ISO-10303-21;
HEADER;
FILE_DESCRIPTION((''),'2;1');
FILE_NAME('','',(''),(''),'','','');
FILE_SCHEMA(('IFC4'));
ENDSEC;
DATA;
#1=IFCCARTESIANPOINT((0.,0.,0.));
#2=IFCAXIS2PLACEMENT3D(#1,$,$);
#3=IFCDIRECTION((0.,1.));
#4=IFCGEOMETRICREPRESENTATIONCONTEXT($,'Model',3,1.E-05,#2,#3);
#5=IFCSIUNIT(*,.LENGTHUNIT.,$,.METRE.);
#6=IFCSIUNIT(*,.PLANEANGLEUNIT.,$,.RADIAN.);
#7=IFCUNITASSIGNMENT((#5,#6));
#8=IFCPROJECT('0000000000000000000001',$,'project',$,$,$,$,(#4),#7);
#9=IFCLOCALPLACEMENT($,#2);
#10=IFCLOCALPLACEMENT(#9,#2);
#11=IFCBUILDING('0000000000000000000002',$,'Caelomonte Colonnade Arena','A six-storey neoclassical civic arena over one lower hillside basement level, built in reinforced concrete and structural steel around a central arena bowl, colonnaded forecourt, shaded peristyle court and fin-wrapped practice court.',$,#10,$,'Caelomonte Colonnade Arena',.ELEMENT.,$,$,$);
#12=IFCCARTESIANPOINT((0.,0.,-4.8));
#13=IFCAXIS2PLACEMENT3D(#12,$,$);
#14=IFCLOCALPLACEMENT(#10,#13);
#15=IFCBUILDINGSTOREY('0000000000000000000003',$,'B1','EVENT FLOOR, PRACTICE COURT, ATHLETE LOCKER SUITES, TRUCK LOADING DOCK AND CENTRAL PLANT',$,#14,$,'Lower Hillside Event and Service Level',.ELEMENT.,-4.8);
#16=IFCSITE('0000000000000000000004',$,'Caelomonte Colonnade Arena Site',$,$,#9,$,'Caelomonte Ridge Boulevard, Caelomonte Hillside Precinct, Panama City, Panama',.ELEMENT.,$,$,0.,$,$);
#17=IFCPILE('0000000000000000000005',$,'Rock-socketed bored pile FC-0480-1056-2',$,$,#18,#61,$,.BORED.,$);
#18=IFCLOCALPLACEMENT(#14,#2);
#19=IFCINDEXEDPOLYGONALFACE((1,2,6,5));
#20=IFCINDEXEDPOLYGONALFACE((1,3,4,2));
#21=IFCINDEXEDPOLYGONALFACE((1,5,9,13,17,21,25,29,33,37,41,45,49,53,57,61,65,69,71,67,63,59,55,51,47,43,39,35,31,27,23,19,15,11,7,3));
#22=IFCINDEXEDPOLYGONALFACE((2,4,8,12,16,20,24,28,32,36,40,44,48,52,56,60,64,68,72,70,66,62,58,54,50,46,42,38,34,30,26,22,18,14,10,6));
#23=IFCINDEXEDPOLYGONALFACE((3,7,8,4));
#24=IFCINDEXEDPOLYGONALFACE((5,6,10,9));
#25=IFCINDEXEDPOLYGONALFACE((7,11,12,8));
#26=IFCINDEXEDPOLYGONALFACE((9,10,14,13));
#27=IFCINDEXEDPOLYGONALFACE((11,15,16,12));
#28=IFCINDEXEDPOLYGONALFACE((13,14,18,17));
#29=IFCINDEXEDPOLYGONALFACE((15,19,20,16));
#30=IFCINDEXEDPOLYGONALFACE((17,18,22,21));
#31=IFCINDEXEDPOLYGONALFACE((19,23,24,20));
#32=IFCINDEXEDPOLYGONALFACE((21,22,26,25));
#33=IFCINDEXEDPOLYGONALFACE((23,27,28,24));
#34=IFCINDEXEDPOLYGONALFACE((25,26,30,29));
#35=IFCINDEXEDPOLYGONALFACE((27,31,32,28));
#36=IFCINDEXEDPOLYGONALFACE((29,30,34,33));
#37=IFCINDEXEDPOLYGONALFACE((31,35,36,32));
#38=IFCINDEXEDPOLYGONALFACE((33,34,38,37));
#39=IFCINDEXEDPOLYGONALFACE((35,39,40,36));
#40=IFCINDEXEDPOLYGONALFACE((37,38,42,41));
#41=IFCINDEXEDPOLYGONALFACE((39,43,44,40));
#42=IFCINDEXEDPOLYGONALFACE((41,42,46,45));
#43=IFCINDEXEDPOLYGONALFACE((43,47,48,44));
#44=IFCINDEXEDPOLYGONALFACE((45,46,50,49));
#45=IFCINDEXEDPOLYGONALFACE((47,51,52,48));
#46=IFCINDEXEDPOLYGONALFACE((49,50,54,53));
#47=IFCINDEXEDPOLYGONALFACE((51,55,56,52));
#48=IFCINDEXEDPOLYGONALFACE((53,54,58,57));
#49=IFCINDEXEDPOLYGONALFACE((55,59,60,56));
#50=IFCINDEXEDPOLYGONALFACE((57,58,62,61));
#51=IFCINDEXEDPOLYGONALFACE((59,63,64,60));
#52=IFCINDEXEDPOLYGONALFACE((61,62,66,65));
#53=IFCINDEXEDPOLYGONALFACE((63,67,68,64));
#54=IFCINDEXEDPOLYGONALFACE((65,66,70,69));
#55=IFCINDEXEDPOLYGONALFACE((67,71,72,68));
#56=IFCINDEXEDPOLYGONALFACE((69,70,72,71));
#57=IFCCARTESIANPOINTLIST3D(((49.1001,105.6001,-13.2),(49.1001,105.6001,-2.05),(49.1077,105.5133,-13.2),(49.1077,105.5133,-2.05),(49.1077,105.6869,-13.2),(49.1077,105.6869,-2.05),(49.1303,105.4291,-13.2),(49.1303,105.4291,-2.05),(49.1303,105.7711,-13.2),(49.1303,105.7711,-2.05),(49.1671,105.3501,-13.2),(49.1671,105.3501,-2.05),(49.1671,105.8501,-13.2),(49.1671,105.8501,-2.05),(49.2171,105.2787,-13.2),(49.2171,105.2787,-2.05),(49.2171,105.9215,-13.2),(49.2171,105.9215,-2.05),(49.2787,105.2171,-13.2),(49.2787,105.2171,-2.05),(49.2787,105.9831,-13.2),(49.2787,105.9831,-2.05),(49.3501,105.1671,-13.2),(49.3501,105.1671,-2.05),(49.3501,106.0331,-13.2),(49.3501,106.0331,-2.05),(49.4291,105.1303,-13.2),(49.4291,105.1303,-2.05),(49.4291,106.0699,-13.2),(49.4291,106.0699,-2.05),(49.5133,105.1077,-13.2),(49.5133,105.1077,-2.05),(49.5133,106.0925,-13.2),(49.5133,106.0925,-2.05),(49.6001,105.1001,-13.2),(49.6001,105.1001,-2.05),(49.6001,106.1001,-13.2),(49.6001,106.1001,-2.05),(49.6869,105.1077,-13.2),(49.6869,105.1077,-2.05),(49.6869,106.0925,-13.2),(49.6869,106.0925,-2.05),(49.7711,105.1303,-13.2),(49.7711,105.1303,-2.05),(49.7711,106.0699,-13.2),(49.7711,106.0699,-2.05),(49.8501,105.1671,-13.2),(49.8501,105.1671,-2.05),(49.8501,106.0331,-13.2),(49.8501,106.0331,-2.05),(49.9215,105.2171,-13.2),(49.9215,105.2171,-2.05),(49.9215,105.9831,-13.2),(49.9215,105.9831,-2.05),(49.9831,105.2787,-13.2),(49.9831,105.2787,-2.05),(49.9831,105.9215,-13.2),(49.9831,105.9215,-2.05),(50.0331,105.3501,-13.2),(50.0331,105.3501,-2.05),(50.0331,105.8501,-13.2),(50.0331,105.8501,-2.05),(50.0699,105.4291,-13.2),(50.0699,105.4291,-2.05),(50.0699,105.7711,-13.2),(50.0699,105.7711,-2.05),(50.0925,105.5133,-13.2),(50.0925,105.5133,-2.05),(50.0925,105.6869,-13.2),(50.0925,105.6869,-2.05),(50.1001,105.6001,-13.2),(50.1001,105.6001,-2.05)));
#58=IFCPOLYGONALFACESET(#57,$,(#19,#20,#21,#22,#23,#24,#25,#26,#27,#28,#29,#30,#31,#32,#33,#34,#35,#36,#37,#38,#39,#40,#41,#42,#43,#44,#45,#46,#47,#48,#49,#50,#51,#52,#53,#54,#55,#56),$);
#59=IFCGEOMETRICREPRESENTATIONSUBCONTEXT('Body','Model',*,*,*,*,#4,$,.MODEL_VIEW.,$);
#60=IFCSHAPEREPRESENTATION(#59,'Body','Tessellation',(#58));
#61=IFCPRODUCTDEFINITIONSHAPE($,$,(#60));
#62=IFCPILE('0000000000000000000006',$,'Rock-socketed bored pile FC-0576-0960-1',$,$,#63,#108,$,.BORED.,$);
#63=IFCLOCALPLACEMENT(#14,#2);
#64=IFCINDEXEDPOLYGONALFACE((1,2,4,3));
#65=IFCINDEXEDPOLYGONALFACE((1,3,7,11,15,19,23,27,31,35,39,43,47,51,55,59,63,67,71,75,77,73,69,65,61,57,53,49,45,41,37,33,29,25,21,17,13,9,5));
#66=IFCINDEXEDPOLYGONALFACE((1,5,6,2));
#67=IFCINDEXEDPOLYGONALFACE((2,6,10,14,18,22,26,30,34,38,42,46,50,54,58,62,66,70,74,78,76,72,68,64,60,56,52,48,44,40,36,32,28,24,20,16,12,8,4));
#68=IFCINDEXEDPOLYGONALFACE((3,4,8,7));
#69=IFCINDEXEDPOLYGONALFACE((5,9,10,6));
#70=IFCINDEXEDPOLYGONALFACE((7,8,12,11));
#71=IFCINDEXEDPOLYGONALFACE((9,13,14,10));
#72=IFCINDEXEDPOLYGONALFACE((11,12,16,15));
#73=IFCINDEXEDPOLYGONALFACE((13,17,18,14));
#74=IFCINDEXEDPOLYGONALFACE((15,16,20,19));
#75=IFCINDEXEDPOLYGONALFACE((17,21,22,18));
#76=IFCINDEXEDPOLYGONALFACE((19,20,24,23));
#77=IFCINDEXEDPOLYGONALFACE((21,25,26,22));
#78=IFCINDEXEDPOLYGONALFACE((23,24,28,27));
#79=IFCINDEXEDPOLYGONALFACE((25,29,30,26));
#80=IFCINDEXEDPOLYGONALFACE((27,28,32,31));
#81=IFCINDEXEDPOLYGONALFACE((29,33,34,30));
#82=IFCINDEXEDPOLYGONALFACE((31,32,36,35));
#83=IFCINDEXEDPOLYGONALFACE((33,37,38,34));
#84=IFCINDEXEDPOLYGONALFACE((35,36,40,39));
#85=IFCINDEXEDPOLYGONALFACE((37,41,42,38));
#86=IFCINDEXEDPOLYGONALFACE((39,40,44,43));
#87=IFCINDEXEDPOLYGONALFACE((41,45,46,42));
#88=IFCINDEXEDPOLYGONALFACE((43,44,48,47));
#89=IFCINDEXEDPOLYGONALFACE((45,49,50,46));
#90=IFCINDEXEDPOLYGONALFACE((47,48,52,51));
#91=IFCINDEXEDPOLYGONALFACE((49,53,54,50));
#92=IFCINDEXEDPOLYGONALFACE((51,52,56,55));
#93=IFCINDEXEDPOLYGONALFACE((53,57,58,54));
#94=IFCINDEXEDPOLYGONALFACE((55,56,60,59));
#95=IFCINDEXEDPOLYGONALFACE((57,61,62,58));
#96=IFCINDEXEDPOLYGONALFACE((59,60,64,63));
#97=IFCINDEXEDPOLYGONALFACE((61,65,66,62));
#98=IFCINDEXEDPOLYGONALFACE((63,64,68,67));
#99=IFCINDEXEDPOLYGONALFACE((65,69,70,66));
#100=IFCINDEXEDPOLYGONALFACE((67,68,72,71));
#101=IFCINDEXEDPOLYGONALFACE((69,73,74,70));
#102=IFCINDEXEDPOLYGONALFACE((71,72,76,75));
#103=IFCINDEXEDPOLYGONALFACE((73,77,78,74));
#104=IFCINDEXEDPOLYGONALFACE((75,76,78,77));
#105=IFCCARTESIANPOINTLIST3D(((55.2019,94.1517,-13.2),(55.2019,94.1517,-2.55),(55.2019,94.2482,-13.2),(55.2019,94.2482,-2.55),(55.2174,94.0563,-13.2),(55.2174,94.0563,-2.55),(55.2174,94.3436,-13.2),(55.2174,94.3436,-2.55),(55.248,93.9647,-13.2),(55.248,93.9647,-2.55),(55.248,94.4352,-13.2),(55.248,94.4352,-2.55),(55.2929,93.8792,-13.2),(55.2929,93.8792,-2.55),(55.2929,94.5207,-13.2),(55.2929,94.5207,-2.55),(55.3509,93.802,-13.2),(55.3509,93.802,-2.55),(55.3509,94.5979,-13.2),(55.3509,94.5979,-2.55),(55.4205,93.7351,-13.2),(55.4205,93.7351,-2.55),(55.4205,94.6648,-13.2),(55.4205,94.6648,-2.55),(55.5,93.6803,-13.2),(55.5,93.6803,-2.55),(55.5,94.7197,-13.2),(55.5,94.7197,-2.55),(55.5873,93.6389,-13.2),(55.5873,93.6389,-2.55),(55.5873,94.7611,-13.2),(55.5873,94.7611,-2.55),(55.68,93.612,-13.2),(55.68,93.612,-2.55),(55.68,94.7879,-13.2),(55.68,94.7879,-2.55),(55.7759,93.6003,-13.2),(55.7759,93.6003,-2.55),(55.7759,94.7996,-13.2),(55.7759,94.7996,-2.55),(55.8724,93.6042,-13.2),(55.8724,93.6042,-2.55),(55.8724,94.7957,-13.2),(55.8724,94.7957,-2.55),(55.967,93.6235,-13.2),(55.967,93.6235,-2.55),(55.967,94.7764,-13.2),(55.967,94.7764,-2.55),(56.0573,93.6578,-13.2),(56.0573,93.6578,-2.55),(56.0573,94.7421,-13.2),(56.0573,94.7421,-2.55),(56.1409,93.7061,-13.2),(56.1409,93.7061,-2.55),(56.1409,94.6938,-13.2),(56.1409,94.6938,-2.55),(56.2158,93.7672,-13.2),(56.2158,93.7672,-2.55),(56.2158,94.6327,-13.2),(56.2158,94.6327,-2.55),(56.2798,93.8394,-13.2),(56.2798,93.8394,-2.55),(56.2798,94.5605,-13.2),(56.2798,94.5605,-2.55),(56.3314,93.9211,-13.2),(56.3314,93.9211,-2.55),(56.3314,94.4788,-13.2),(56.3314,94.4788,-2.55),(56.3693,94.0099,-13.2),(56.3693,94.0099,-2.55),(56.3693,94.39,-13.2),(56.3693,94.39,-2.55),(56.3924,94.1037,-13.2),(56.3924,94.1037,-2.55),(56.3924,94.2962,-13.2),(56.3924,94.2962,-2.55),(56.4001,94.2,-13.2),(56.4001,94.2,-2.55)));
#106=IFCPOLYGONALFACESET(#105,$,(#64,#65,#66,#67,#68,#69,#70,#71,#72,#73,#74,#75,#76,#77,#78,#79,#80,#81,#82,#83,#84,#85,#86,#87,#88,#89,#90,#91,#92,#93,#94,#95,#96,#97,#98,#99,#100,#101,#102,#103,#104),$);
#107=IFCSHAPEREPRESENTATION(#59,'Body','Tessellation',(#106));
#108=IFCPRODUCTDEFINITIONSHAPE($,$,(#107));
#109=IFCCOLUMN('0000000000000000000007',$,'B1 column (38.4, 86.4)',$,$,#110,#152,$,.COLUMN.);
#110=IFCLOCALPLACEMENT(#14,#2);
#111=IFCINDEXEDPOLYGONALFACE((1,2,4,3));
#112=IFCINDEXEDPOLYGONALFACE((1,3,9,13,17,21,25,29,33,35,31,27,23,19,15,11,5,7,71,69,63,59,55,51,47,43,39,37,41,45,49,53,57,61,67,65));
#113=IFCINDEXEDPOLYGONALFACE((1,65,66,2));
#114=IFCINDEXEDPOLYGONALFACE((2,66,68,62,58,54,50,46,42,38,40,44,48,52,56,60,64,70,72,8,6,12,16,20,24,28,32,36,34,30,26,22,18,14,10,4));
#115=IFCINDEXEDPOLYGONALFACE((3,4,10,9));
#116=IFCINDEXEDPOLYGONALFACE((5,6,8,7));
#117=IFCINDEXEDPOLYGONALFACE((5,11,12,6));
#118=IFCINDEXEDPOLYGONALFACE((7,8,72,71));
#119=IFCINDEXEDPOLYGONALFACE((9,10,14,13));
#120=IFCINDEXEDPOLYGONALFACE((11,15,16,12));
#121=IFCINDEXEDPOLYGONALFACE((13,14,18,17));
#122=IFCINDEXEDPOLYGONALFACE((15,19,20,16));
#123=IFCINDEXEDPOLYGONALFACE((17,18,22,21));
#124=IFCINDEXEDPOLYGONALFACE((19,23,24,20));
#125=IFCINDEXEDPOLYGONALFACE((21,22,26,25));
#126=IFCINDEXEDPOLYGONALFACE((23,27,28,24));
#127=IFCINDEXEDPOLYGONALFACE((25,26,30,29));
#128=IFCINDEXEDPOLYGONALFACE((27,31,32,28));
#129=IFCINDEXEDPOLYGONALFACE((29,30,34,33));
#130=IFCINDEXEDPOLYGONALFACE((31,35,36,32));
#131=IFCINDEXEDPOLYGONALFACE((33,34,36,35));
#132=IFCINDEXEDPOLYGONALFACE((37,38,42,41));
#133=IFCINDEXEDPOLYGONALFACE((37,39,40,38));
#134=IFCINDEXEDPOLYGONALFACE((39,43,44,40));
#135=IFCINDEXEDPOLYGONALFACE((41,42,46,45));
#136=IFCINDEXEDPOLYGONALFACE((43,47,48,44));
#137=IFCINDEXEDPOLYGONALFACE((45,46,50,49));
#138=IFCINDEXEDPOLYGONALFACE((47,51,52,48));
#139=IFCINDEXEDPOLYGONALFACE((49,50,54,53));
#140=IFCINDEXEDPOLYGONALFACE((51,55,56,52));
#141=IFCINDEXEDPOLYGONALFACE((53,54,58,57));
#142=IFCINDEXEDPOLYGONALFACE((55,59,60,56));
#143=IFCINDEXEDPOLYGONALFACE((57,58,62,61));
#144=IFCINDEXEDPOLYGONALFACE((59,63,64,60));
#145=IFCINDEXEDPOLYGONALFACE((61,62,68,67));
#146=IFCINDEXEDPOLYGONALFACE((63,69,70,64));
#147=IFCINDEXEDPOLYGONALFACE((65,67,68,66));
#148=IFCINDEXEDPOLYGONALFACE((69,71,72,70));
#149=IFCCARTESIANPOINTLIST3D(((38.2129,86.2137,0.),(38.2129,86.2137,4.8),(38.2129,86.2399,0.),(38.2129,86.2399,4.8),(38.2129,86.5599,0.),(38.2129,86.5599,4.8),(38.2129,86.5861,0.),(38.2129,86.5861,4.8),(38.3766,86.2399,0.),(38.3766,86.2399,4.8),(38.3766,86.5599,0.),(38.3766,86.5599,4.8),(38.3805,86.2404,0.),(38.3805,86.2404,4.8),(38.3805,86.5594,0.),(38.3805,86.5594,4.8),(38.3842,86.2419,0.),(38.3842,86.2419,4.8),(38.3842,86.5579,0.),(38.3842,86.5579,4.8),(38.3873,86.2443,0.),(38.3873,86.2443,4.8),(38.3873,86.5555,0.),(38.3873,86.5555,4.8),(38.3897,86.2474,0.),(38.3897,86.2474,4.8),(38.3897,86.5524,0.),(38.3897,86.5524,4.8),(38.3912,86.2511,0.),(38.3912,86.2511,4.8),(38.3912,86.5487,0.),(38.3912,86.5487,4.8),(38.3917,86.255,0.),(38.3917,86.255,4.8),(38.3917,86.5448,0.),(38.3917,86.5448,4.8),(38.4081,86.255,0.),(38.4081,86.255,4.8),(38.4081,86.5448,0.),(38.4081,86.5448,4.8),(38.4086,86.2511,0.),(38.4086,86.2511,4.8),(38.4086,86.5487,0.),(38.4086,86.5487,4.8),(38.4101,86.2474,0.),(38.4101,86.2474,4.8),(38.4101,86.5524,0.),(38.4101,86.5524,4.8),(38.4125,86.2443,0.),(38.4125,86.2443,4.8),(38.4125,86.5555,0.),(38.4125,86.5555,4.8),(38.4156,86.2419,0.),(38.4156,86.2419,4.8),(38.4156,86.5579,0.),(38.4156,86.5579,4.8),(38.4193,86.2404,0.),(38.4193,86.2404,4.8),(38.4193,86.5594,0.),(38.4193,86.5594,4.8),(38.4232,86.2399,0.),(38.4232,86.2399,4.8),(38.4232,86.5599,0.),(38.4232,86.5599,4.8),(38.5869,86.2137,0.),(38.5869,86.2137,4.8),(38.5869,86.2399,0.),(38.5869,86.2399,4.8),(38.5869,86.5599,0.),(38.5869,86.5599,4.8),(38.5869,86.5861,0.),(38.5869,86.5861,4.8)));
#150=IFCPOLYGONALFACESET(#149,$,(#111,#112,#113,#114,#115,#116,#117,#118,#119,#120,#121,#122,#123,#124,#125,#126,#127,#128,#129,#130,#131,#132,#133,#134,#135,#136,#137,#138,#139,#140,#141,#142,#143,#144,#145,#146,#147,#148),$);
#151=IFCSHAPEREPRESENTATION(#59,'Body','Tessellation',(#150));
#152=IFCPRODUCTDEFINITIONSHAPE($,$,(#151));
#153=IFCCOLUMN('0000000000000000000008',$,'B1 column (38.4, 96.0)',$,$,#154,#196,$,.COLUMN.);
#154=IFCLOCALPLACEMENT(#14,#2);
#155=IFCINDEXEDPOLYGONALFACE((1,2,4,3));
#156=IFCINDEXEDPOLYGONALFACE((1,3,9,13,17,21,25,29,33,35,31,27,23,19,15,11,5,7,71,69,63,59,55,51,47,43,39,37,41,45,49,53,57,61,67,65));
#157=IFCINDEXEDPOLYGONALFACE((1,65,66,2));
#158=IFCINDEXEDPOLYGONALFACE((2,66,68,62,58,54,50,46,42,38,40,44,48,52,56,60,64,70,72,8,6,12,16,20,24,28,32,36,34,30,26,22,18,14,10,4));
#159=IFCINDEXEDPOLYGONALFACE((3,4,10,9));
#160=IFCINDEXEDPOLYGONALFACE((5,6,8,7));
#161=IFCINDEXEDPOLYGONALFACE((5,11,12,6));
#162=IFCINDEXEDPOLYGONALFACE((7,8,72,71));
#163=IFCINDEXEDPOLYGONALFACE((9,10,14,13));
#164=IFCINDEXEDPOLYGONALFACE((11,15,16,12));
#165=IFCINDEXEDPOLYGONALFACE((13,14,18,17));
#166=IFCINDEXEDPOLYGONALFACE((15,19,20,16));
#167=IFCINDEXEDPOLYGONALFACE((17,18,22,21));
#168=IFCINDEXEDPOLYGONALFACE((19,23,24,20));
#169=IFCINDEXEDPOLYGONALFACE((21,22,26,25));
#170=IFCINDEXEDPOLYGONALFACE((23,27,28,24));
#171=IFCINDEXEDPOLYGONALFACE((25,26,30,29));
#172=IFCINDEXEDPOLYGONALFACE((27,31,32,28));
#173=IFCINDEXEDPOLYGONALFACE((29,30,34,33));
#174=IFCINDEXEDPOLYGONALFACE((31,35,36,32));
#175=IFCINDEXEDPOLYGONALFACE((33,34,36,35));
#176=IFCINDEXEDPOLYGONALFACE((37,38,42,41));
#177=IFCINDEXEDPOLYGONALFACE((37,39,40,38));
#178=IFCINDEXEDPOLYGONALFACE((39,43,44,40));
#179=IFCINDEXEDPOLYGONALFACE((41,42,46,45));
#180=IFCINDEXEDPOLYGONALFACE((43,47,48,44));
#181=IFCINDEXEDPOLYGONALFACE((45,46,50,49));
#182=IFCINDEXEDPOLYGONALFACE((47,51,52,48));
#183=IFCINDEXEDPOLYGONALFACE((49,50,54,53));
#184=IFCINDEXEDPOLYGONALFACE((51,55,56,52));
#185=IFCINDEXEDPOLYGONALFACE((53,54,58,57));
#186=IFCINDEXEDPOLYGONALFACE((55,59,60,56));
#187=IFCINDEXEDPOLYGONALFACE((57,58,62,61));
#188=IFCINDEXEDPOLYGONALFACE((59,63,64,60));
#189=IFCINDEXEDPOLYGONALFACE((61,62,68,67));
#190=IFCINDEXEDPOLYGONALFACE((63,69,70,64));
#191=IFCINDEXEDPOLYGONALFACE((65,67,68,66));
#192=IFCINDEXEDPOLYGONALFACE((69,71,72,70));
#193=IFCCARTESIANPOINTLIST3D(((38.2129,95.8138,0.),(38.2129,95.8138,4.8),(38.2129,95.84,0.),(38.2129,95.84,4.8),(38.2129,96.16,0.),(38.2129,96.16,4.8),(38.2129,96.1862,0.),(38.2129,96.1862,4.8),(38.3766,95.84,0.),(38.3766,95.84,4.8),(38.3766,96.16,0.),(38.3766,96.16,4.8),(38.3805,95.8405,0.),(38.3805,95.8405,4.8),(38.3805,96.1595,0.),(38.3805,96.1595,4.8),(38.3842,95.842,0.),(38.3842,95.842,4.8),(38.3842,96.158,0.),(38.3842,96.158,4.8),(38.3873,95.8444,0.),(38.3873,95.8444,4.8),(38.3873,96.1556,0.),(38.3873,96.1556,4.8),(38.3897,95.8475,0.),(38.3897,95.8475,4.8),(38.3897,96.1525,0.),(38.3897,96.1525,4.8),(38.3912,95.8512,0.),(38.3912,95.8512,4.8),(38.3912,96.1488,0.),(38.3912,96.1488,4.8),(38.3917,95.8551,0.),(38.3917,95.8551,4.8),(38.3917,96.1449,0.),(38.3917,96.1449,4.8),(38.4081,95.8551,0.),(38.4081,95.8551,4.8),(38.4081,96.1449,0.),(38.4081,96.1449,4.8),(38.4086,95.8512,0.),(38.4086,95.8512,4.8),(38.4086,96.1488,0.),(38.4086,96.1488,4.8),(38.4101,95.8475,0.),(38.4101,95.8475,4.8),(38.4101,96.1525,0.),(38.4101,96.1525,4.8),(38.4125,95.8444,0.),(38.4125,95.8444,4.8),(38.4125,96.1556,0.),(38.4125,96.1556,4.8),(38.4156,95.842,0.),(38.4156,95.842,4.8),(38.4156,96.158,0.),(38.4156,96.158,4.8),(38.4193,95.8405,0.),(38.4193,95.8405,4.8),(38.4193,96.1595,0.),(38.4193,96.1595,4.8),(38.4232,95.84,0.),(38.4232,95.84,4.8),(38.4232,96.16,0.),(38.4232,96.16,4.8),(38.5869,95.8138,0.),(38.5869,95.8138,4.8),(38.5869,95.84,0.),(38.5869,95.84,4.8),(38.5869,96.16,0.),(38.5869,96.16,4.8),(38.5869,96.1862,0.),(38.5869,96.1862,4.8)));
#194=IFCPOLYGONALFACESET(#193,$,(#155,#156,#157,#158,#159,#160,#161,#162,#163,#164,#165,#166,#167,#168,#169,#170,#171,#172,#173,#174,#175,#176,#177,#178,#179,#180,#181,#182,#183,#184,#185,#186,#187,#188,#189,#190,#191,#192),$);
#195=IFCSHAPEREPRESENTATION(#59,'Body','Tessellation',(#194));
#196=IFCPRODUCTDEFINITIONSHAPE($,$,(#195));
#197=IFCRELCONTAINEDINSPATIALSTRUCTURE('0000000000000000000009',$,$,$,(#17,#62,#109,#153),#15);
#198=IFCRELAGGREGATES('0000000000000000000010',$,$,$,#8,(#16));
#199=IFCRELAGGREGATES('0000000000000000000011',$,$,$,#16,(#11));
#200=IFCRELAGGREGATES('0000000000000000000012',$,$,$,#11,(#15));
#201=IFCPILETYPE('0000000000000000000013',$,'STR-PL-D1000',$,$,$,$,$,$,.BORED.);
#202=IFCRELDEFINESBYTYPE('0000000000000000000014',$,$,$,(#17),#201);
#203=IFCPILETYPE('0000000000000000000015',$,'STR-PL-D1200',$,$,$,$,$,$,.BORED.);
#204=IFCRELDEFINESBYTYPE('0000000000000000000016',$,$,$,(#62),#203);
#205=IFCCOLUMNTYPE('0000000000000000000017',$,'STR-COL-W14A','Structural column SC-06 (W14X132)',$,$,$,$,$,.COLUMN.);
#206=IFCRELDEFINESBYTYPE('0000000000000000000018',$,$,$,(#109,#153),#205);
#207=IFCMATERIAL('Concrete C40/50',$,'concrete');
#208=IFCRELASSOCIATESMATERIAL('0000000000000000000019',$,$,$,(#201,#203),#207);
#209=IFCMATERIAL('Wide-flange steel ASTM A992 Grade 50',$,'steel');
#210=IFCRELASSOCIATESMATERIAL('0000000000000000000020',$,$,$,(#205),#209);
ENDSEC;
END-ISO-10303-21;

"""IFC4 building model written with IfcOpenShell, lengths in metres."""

from ifc_helpers import new_model, si_unit, direction, frame, origin, origin_2d, place, context, subcontext, project, spatial, circle, i_section, extrude, material, material_profile, profile_set, type_object, element, save


model = new_model("IFC4")

# Units and contexts
model_context = context("Model", 3, precision=1e-05, world=origin(), true_north=direction((0.0, 1.0)))
body_context = subcontext(model_context, "Body", "Model", "MODEL_VIEW")
ifc_project = project(units=[si_unit("LENGTHUNIT", "METRE"), si_unit("PLANEANGLEUNIT", "RADIAN")], contexts=[model_context])

# Site, building, storey
site_placement = place(None, origin())
site = spatial("IfcSite", under=ifc_project, at=site_placement, Name="Caelomonte Colonnade Arena Site", LongName="Caelomonte Ridge Boulevard, Caelomonte Hillside Precinct, Panama City, Panama", CompositionType="ELEMENT", RefElevation=0.0)
building_placement = place(site_placement, origin())
building = spatial("IfcBuilding", under=site, at=building_placement, Name="Caelomonte Colonnade Arena", Description="A six-storey neoclassical civic arena over one lower hillside basement level, built in reinforced concrete and structural steel around a central arena bowl, colonnaded forecourt, shaded peristyle court and fin-wrapped practice court.", LongName="Caelomonte Colonnade Arena", CompositionType="ELEMENT")
storey_placement = place(building_placement, frame((0.0, 0.0, -4.8)))
storey = spatial("IfcBuildingStorey", under=building, at=storey_placement, Name="B1", Description="EVENT FLOOR, PRACTICE COURT, ATHLETE LOCKER SUITES, TRUCK LOADING DOCK AND CENTRAL PLANT", LongName="Lower Hillside Event and Service Level", CompositionType="ELEMENT", Elevation=-4.8)

# Shared definitions
ifc_material_1 = material(Name="Concrete C40/50", Category="concrete")

# Piles
ifc_material_profile_1 = material_profile(ifc_material_1, circle(Radius=0.5, at=origin_2d()), Name="PILE-D1000")
ifc_profile_set_1 = profile_set([ifc_material_profile_1], Name="Concrete C40/50")
pile_type_1 = type_object("IfcPileType", Name="STR-PL-D1000", PredefinedType="BORED", material=ifc_profile_set_1)
for number, where, z_axis, x_axis, name in (
    (1, (49.6001, 105.6001, -2.05), (0.0, 0.0, -1.0), (1.0, 0.0, 0.0), "Rock-socketed bored pile FC-0480-1056-2"),
):
    element("IfcPile", number, at=place(storey_placement, frame(where, z_axis=z_axis, x_axis=x_axis)), inside=storey, type_object=pile_type_1, Name=name, PredefinedType="BORED", context=body_context, shape_type="SweptSolid", body=[
        extrude(circle(Radius=0.5, at=origin_2d()), origin(), (0.0, 0.0, 1.0), 11.1499),
    ])
ifc_material_profile_2 = material_profile(ifc_material_1, circle(Radius=0.6001, at=origin_2d()), Name="PILE-D1200")
ifc_profile_set_2 = profile_set([ifc_material_profile_2], Name="Concrete C40/50")
pile_type_2 = type_object("IfcPileType", Name="STR-PL-D1200", PredefinedType="BORED", material=ifc_profile_set_2)
pile_placement = place(storey_placement, frame((55.8, 94.2, -2.55), z_axis=(0.0, 0.0, -1.0), x_axis=(1.0, 0.0, 0.0)))
element("IfcPile", 2, at=pile_placement, inside=storey, type_object=pile_type_2, Name="Rock-socketed bored pile FC-0576-0960-1", PredefinedType="BORED", context=body_context, shape_type="SweptSolid", body=[
    extrude(circle(Radius=0.6001, at=origin_2d()), origin(), (0.0, 0.0, 1.0), 10.6499),
])

# Columns
ifc_material_2 = material(Name="Wide-flange steel ASTM A992 Grade 50", Category="steel")
ifc_material_profile_3 = material_profile(ifc_material_2, i_section(OverallWidth=0.374, OverallDepth=0.3723, WebThickness=0.0164, FlangeThickness=0.0261, FilletRadius=0.0151, at=origin_2d()), Name="W14X132")
ifc_profile_set_3 = profile_set([ifc_material_profile_3], Name="Wide-flange steel ASTM A992 Grade 50")
column_type = type_object("IfcColumnType", Name="STR-COL-W14A", Description="Structural column SC-06 (W14X132)", PredefinedType="COLUMN", material=ifc_profile_set_3)
for number, where, z_axis, x_axis, name in (
    (3, (38.3999, 86.3999, 0.0), (0.0, 0.0, 1.0), (1.0, 0.0, 0.0), "B1 column (38.4, 86.4)"),
    (4, (38.3999, 96.0, 0.0), (0.0, 0.0, 1.0), (1.0, 0.0, 0.0), "B1 column (38.4, 96.0)"),
):
    element("IfcColumn", number, at=place(storey_placement, frame(where, z_axis=z_axis, x_axis=x_axis)), inside=storey, type_object=column_type, Name=name, PredefinedType="COLUMN", context=body_context, shape_type="SweptSolid", body=[
        extrude(i_section(OverallWidth=0.374, OverallDepth=0.3723, WebThickness=0.0164, FlangeThickness=0.0261, FilletRadius=0.0151, at=origin_2d()), origin(), (0.0, 0.0, 1.0), 4.8),
    ])

save(model, "model.ifc")
